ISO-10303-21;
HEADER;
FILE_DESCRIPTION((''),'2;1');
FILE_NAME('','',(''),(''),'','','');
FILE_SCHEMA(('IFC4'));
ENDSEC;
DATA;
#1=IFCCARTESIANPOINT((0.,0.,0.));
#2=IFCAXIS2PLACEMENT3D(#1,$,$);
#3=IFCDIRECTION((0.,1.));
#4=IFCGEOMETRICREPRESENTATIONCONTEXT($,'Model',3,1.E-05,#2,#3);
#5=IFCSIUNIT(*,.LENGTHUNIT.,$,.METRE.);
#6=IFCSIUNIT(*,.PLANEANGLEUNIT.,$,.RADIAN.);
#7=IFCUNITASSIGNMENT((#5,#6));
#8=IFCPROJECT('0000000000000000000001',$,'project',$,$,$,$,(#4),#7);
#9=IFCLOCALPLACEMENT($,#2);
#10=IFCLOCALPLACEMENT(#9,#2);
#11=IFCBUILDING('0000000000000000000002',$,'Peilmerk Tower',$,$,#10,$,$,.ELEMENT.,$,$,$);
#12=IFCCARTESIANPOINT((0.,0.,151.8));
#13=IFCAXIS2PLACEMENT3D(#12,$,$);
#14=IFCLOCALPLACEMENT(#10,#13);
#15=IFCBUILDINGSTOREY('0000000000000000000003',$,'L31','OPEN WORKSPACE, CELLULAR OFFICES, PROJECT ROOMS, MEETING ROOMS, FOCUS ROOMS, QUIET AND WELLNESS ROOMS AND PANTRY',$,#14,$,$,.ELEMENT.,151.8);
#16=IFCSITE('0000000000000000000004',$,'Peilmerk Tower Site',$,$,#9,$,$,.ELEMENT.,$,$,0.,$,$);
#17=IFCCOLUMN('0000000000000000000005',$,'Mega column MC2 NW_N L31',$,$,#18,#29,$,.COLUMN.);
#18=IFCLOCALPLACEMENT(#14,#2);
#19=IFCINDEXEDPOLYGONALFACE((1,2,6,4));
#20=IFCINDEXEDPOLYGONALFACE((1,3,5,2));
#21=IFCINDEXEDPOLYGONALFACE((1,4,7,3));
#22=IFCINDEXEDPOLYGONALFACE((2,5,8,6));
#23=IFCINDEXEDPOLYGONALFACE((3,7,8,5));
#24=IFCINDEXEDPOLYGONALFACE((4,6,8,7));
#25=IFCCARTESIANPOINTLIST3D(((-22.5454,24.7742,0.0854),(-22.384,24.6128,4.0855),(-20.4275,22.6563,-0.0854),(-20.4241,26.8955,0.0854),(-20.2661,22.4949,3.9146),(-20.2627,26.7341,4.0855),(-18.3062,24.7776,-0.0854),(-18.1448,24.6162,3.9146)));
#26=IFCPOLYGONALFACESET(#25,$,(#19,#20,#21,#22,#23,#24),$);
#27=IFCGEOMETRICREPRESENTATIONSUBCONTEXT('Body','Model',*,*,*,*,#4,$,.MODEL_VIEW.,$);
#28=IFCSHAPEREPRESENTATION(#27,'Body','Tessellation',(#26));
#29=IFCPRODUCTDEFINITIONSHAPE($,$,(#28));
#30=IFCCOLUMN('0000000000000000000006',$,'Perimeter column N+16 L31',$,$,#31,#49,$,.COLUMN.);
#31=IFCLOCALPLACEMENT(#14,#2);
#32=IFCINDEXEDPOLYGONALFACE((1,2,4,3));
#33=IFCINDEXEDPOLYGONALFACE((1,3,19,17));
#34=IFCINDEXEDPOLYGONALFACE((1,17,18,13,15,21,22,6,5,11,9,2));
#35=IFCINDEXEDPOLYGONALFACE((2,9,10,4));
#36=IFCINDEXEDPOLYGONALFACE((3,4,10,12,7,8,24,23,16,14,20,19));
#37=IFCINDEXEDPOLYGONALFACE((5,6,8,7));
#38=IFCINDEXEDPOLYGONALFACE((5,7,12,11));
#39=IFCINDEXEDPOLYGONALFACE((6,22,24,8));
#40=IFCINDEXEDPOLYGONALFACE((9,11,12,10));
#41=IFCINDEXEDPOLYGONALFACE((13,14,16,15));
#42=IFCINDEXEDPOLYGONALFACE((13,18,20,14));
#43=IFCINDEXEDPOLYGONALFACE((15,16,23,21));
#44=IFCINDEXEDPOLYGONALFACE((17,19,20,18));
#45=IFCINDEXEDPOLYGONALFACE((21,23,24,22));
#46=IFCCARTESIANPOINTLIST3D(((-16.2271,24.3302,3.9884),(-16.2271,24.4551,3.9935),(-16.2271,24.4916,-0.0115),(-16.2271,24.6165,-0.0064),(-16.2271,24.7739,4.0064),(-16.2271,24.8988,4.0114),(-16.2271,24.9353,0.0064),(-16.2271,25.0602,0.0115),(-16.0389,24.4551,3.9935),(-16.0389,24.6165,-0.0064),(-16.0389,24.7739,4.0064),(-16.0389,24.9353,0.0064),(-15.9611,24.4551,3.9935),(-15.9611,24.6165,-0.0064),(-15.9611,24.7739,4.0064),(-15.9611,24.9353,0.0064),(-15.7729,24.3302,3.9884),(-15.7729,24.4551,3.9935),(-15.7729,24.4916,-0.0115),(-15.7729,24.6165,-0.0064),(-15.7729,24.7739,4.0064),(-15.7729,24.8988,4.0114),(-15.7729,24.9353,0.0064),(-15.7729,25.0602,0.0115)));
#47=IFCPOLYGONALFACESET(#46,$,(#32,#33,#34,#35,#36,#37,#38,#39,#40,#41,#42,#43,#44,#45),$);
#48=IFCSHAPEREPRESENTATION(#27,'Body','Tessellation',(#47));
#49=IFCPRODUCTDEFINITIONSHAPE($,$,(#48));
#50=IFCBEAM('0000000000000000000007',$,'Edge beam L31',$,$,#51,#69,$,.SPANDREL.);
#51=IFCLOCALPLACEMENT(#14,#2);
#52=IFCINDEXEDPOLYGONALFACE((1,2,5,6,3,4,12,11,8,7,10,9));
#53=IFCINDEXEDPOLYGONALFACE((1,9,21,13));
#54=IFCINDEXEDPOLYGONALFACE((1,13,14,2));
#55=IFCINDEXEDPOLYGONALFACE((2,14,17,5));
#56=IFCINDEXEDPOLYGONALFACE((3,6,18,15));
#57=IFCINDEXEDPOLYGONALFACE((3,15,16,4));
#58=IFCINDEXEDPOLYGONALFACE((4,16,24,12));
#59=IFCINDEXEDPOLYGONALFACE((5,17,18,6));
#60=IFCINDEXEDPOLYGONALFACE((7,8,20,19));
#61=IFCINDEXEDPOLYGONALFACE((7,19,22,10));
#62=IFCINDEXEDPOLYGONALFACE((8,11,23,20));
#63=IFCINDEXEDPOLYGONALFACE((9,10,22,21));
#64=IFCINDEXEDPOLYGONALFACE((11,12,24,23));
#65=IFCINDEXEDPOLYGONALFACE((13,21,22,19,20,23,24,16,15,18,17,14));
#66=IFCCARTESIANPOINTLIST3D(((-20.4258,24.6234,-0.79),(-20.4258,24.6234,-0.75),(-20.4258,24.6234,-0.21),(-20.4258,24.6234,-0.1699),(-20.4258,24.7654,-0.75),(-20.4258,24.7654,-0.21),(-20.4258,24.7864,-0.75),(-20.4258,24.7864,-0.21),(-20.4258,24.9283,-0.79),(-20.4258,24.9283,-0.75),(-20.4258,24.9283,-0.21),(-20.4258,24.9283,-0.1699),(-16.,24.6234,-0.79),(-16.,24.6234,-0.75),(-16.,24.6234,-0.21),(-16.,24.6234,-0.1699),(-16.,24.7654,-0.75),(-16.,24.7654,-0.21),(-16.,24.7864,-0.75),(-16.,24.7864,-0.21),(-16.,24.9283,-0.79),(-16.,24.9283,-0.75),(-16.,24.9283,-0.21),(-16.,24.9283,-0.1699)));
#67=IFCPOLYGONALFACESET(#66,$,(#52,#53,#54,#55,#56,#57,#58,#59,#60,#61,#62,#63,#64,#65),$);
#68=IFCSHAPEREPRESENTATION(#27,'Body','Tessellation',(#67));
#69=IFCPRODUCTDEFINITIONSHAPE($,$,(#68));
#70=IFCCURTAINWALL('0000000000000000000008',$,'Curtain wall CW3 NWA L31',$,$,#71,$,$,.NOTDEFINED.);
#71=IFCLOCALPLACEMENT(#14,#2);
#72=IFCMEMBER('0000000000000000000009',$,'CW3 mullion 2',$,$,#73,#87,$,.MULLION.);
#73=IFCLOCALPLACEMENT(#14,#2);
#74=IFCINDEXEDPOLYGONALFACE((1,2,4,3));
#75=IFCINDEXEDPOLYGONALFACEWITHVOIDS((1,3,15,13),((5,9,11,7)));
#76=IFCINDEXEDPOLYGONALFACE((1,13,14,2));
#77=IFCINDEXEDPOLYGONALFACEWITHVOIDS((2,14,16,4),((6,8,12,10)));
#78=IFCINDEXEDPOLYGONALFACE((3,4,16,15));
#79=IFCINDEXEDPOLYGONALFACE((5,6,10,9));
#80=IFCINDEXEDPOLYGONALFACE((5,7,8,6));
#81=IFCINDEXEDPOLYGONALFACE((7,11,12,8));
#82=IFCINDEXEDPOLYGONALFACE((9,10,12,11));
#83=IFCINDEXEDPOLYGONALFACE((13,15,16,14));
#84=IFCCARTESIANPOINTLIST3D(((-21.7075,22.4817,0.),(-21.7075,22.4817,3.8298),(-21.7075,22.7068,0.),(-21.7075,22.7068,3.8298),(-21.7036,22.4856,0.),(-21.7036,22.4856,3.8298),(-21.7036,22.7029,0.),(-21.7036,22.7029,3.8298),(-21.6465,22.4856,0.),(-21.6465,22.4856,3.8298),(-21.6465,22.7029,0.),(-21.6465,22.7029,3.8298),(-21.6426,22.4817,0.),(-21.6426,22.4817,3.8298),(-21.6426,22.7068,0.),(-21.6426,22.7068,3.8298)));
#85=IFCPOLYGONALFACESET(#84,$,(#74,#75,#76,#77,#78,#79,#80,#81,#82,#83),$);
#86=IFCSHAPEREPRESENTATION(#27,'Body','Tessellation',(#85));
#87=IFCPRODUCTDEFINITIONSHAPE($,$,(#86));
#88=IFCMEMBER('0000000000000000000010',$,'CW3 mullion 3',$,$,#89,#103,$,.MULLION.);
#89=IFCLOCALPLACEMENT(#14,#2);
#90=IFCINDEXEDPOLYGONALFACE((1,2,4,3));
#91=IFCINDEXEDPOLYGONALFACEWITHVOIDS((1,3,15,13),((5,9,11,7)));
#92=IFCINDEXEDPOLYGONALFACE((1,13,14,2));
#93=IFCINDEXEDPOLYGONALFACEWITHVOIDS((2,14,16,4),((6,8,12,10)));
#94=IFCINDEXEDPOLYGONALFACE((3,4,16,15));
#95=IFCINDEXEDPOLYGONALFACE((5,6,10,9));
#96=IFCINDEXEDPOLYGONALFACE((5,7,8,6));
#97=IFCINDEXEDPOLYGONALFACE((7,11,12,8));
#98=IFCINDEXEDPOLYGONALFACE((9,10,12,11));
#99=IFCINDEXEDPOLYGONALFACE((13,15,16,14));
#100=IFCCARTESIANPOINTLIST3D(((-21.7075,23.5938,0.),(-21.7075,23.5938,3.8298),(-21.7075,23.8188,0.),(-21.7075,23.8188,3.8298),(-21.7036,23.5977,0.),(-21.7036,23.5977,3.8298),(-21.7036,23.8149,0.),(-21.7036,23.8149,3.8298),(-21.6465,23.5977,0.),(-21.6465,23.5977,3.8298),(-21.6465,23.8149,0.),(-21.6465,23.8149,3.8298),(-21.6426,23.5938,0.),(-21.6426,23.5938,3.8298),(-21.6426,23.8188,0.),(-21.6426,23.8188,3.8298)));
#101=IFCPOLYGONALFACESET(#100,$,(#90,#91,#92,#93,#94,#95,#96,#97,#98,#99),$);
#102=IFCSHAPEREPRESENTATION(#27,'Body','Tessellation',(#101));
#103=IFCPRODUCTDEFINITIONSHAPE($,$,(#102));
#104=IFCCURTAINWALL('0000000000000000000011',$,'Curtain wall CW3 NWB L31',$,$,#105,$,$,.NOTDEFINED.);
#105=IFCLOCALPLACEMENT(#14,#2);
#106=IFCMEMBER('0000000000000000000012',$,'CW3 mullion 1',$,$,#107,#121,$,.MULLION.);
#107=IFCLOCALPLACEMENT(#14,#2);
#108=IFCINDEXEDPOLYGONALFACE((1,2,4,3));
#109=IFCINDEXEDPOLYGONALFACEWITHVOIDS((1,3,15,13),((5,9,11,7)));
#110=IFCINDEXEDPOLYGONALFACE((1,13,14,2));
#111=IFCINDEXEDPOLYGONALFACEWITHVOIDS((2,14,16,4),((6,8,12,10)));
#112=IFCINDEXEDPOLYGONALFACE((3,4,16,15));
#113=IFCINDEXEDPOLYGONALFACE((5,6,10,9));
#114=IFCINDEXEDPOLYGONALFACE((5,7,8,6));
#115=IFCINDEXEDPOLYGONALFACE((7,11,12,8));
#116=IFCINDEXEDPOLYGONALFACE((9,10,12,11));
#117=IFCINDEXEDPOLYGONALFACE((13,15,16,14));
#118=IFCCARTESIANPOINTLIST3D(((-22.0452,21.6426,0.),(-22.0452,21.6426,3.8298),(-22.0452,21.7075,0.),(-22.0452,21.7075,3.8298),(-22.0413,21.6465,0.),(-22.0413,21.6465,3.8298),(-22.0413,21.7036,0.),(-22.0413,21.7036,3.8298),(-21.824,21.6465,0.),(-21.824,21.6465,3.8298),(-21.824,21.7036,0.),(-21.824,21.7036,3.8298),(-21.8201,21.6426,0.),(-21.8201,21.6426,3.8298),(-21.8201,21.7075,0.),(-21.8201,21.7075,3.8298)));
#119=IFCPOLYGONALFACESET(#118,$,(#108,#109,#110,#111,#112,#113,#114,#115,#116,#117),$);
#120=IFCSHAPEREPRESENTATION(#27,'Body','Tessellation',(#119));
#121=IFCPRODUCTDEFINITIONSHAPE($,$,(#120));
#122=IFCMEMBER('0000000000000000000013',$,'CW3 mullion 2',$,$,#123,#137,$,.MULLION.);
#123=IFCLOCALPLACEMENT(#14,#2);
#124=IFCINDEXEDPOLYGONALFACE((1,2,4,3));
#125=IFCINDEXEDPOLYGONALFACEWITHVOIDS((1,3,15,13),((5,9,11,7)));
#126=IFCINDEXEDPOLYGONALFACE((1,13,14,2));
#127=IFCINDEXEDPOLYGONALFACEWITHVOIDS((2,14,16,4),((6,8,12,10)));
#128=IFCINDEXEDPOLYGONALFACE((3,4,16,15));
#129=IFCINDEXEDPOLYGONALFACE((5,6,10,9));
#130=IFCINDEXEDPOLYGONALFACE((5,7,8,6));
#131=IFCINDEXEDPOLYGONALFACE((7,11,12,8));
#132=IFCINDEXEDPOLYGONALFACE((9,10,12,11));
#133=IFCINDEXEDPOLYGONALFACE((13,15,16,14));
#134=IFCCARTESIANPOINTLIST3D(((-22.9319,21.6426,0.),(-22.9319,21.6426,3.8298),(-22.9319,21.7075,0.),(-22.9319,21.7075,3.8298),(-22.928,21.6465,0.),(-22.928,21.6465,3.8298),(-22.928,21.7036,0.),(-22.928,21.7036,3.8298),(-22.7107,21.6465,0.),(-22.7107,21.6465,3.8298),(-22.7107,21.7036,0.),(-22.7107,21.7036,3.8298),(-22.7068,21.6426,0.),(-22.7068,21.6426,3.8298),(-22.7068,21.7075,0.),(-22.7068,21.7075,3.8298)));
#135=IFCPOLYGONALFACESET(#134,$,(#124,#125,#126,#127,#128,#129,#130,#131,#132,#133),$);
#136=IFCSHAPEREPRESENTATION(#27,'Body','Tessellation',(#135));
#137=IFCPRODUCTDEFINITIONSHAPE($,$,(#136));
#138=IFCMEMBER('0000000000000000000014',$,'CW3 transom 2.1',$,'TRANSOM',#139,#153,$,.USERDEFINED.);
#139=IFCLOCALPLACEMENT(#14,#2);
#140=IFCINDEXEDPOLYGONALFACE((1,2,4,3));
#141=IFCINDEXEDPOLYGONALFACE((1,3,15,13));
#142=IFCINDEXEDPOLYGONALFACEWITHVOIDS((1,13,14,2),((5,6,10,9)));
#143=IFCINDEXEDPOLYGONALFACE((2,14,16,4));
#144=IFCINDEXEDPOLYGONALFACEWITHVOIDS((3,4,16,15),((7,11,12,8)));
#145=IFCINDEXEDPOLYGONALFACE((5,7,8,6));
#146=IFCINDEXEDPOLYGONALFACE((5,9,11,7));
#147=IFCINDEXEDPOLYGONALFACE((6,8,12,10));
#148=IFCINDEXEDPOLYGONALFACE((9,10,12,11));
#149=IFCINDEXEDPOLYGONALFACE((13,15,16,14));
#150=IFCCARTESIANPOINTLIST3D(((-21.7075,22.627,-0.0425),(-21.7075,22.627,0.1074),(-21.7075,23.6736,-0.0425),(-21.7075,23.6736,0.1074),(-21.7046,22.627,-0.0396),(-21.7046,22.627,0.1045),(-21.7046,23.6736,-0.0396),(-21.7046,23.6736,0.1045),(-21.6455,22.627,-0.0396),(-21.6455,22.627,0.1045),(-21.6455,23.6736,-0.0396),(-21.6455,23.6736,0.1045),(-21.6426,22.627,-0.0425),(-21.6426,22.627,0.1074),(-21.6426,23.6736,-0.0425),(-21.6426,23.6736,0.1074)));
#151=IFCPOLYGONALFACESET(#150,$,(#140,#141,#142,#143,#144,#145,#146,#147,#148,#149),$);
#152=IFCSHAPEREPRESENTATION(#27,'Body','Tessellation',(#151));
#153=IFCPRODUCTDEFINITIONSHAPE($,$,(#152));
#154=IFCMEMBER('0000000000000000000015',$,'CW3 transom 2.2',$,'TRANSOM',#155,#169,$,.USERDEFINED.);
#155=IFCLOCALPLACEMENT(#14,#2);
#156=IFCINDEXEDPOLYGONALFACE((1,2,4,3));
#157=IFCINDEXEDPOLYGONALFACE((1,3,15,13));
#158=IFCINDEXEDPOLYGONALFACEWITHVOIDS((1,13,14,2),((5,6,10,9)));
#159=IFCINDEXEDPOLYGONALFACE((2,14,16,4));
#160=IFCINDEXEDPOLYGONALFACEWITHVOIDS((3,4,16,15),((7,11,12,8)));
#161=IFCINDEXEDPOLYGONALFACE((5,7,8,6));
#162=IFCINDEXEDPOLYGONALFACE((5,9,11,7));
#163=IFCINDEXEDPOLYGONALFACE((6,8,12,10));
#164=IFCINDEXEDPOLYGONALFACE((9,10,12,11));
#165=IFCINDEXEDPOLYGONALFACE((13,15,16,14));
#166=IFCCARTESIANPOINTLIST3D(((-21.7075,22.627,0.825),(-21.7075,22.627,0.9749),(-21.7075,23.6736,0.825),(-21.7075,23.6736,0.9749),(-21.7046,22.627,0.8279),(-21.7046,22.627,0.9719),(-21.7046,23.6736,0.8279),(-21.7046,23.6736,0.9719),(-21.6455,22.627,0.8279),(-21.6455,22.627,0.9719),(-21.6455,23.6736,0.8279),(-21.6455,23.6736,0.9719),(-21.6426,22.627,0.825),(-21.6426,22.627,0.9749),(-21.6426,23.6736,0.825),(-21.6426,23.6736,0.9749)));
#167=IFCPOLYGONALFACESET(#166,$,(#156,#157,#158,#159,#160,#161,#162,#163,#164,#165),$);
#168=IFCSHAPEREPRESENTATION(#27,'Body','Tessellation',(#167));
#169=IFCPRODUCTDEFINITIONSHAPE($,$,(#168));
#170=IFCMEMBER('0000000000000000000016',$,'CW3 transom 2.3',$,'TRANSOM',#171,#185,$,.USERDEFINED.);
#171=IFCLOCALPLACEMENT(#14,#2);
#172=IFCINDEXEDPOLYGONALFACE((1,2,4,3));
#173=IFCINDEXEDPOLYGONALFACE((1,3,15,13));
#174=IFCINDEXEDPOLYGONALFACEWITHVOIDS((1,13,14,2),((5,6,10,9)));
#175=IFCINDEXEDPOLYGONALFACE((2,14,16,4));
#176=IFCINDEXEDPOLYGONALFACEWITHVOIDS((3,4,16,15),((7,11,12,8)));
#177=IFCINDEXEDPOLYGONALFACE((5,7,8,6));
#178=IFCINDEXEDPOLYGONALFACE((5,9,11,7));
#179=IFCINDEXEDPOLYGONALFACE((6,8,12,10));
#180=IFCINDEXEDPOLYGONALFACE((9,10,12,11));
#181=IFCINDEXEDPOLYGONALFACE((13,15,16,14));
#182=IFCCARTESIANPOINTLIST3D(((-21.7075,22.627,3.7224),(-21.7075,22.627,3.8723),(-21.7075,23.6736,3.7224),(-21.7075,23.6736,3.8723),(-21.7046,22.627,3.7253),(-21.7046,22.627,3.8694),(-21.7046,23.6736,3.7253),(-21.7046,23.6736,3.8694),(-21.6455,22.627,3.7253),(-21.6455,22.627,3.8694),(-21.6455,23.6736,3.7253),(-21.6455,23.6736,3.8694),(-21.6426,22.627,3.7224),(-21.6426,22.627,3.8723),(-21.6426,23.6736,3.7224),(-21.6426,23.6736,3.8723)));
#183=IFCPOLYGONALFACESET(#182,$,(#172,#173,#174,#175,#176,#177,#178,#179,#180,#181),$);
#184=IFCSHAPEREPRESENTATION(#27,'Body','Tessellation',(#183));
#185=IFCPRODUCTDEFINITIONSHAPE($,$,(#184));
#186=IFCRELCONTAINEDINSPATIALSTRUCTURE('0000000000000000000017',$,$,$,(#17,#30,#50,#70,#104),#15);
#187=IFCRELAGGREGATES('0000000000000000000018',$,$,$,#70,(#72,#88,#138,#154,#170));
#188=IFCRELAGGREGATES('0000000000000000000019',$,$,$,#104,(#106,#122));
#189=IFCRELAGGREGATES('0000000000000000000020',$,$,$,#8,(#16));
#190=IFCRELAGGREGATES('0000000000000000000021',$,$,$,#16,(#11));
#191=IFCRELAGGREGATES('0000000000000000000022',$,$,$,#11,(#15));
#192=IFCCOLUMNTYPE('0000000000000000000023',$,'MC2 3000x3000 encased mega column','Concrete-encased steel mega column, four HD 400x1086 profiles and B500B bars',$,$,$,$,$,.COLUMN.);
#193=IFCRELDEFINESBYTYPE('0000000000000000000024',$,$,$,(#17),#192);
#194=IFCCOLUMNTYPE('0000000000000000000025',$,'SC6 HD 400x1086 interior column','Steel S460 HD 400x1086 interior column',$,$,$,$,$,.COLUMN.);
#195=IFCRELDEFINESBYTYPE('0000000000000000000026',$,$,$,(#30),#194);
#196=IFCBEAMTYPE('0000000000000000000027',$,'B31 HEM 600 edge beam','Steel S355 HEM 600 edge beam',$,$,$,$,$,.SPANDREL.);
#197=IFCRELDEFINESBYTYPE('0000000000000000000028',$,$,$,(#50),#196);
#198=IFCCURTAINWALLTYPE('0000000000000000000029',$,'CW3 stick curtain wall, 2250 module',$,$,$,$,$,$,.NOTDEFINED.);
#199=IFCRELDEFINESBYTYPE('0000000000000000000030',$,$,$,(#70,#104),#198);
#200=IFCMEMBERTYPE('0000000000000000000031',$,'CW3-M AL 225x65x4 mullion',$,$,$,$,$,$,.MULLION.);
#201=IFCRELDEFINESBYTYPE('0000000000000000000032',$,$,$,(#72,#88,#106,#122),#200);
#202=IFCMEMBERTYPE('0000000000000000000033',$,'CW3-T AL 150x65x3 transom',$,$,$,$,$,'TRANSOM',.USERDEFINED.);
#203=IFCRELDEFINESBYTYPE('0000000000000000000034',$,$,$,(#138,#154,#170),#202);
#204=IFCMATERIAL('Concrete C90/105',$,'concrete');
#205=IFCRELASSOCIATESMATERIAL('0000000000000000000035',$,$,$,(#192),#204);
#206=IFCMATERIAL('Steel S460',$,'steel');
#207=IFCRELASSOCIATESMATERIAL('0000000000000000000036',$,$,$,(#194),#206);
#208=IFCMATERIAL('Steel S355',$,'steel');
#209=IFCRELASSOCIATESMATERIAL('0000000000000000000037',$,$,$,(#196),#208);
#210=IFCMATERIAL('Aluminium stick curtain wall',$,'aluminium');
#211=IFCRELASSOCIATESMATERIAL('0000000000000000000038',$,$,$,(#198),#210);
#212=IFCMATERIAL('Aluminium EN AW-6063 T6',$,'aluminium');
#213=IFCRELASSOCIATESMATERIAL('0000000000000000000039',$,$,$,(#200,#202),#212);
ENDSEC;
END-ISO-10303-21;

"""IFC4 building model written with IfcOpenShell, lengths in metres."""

from ifc_helpers import new_model, si_unit, direction, frame, origin, origin_2d, place, context, subcontext, project, spatial, rectangle, hollow_rectangle, i_section, extrude, material, material_profile, profile_set, type_object, element, aggregate, save


model = new_model("IFC4")

# Units and contexts
model_context = context("Model", 3, precision=1e-05, world=origin(), true_north=direction((0.0, 1.0)))
body_context = subcontext(model_context, "Body", "Model", "MODEL_VIEW")
ifc_project = project(units=[si_unit("LENGTHUNIT", "METRE"), si_unit("PLANEANGLEUNIT", "RADIAN")], contexts=[model_context])

# Site, building, storey
site_placement = place(None, origin())
site = spatial("IfcSite", under=ifc_project, at=site_placement, Name="Peilmerk Tower Site", CompositionType="ELEMENT", RefElevation=0.0)
building_placement = place(site_placement, origin())
building = spatial("IfcBuilding", under=site, at=building_placement, Name="Peilmerk Tower", CompositionType="ELEMENT")
storey_placement = place(building_placement, frame((0.0, 0.0, 151.8)))
storey = spatial("IfcBuildingStorey", under=building, at=storey_placement, Name="L31", Description="OPEN WORKSPACE, CELLULAR OFFICES, PROJECT ROOMS, MEETING ROOMS, FOCUS ROOMS, QUIET AND WELLNESS ROOMS AND PANTRY", CompositionType="ELEMENT", Elevation=151.8)

# Columns
ifc_material_1 = material(Name="Concrete C90/105", Category="concrete")
ifc_material_profile_1 = material_profile(ifc_material_1, rectangle(XDim=3.0, YDim=3.0, at=origin_2d()), Name="RC 3000x3000")
ifc_profile_set_1 = profile_set([ifc_material_profile_1], Name="Concrete C90/105")
column_type_1 = type_object("IfcColumnType", Name="MC2 3000x3000 encased mega column", Description="Concrete-encased steel mega column, four HD 400x1086 profiles and B500B bars", PredefinedType="COLUMN", material=ifc_profile_set_1)
column_1_placement = place(storey_placement, frame((-20.4258, 24.7759, 0.0), z_axis=(0.040279, -0.040279, 0.998376), x_axis=(0.707107, 0.707107, 0.0)))
element("IfcColumn", 1, at=column_1_placement, inside=storey, type_object=column_type_1, Name="Mega column MC2 NW_N L31", PredefinedType="COLUMN", context=body_context, shape_type="SweptSolid", body=[
    extrude(rectangle(XDim=3.0, YDim=3.0, at=origin_2d()), origin(), (0.0, 0.0, 1.0), 4.0066),
])
ifc_material_2 = material(Name="Steel S460", Category="steel")
ifc_material_profile_2 = material_profile(ifc_material_2, i_section(OverallWidth=0.4541, OverallDepth=0.5691, WebThickness=0.0779, FlangeThickness=0.125, at=origin_2d()), Name="HD 400x1086")
ifc_profile_set_2 = profile_set([ifc_material_profile_2], Name="Steel S460")
column_type_2 = type_object("IfcColumnType", Name="SC6 HD 400x1086 interior column", Description="Steel S460 HD 400x1086 interior column", PredefinedType="COLUMN", material=ifc_profile_set_2)
column_2_placement = place(storey_placement, frame((-16.0, 24.7759, 0.0), z_axis=(0.0, -0.040311, 0.999187), x_axis=(1.0, 0.0, 0.0)))
element("IfcColumn", 2, at=column_2_placement, inside=storey, type_object=column_type_2, Name="Perimeter column N+16 L31", PredefinedType="COLUMN", context=body_context, shape_type="SweptSolid", body=[
    extrude(i_section(OverallWidth=0.4541, OverallDepth=0.5691, WebThickness=0.0779, FlangeThickness=0.125, at=origin_2d()), origin(), (0.0, 0.0, 1.0), 4.0032),
])

# Beam
ifc_material_3 = material(Name="Steel S355", Category="steel")
ifc_material_profile_3 = material_profile(ifc_material_3, i_section(OverallWidth=0.3049, OverallDepth=0.6201, WebThickness=0.021, FlangeThickness=0.04, at=origin_2d()), Name="HEM 600")
ifc_profile_set_3 = profile_set([ifc_material_profile_3], Name="Steel S355")
beam_type = type_object("IfcBeamType", Name="B31 HEM 600 edge beam", Description="Steel S355 HEM 600 edge beam", PredefinedType="SPANDREL", material=ifc_profile_set_3)
beam_placement = place(storey_placement, frame((-16.0, 24.7759, -0.48), z_axis=(-1.0, 0.0, 0.0), x_axis=(0.0, -1.0, 0.0)))
element("IfcBeam", 3, at=beam_placement, inside=storey, type_object=beam_type, Name="Edge beam L31", PredefinedType="SPANDREL", context=body_context, shape_type="SweptSolid", body=[
    extrude(i_section(OverallWidth=0.3049, OverallDepth=0.6201, WebThickness=0.021, FlangeThickness=0.04, at=origin_2d()), origin(), (0.0, 0.0, 1.0), 4.4258),
])

# Curtain walls, members
ifc_material_4 = material(Name="Aluminium stick curtain wall", Category="aluminium")
curtain_wall_type = type_object("IfcCurtainWallType", Name="CW3 stick curtain wall, 2250 module", PredefinedType="NOTDEFINED", material=ifc_material_4)
curtain_wall_1_placement = place(storey_placement, origin())
curtain_wall_1 = element("IfcCurtainWall", 4, at=curtain_wall_1_placement, inside=storey, type_object=curtain_wall_type, Name="Curtain wall CW3 NWA L31", PredefinedType="NOTDEFINED")
ifc_material_5 = material(Name="Aluminium EN AW-6063 T6", Category="aluminium")
ifc_material_profile_4 = material_profile(ifc_material_5, hollow_rectangle(XDim=0.0649, YDim=0.2251, WallThickness=0.0039, at=origin_2d()), Name="AL 225x65x4")
ifc_profile_set_4 = profile_set([ifc_material_profile_4], Name="Aluminium EN AW-6063 T6")
member_type_1 = type_object("IfcMemberType", Name="CW3-M AL 225x65x4 mullion", PredefinedType="MULLION", material=ifc_profile_set_4)
member_1_placement = place(storey_placement, frame((-21.675, 22.5942, 0.0), z_axis=(0.0, 0.0, 1.0), x_axis=(-1.0, 0.0, 0.0)))
member_1 = element("IfcMember", 5, at=member_1_placement, type_object=member_type_1, Name="CW3 mullion 2", PredefinedType="MULLION", context=body_context, shape_type="SweptSolid", body=[
    extrude(hollow_rectangle(XDim=0.0649, YDim=0.2251, WallThickness=0.0039, at=origin_2d()), origin(), (0.0, 0.0, 1.0), 3.8298),
])
member_2_placement = place(storey_placement, frame((-21.675, 23.7063, 0.0), z_axis=(0.0, 0.0, 1.0), x_axis=(-1.0, 0.0, 0.0)))
member_2 = element("IfcMember", 6, at=member_2_placement, type_object=member_type_1, Name="CW3 mullion 3", PredefinedType="MULLION", context=body_context, shape_type="SweptSolid", body=[
    extrude(hollow_rectangle(XDim=0.0649, YDim=0.2251, WallThickness=0.0039, at=origin_2d()), origin(), (0.0, 0.0, 1.0), 3.8298),
])
curtain_wall_2_placement = place(storey_placement, origin())
curtain_wall_2 = element("IfcCurtainWall", 7, at=curtain_wall_2_placement, inside=storey, type_object=curtain_wall_type, Name="Curtain wall CW3 NWB L31", PredefinedType="NOTDEFINED")
member_3_placement = place(storey_placement, frame((-21.9326, 21.675, 0.0), z_axis=(0.0, 0.0, 1.0), x_axis=(0.0, -1.0, 0.0)))
member_3 = element("IfcMember", 8, at=member_3_placement, type_object=member_type_1, Name="CW3 mullion 1", PredefinedType="MULLION", context=body_context, shape_type="SweptSolid", body=[
    extrude(hollow_rectangle(XDim=0.0649, YDim=0.2251, WallThickness=0.0039, at=origin_2d()), origin(), (0.0, 0.0, 1.0), 3.8298),
])
member_4_placement = place(storey_placement, frame((-22.8193, 21.675, 0.0), z_axis=(0.0, 0.0, 1.0), x_axis=(0.0, -1.0, 0.0)))
member_4 = element("IfcMember", 9, at=member_4_placement, type_object=member_type_1, Name="CW3 mullion 2", PredefinedType="MULLION", context=body_context, shape_type="SweptSolid", body=[
    extrude(hollow_rectangle(XDim=0.0649, YDim=0.2251, WallThickness=0.0039, at=origin_2d()), origin(), (0.0, 0.0, 1.0), 3.8298),
])

# Members
ifc_material_profile_5 = material_profile(ifc_material_5, hollow_rectangle(XDim=0.0649, YDim=0.1499, WallThickness=0.0029, at=origin_2d()), Name="AL 150x65x3")
ifc_profile_set_5 = profile_set([ifc_material_profile_5], Name="Aluminium EN AW-6063 T6")
member_type_2 = type_object("IfcMemberType", Name="CW3-T AL 150x65x3 transom", ElementType="TRANSOM", PredefinedType="USERDEFINED", material=ifc_profile_set_5)
member_5_placement = place(storey_placement, frame((-21.675, 22.627, 0.0325), z_axis=(0.0, 1.0, 0.0), x_axis=(-1.0, 0.0, 0.0)))
member_5 = element("IfcMember", 10, at=member_5_placement, type_object=member_type_2, Name="CW3 transom 2.1", ObjectType="TRANSOM", PredefinedType="USERDEFINED", context=body_context, shape_type="SweptSolid", body=[
    extrude(hollow_rectangle(XDim=0.0649, YDim=0.1499, WallThickness=0.0029, at=origin_2d()), origin(), (0.0, 0.0, 1.0), 1.0466),
])
member_6_placement = place(storey_placement, frame((-21.675, 22.627, 0.8999), z_axis=(0.0, 1.0, 0.0), x_axis=(-1.0, 0.0, 0.0)))
member_6 = element("IfcMember", 11, at=member_6_placement, type_object=member_type_2, Name="CW3 transom 2.2", ObjectType="TRANSOM", PredefinedType="USERDEFINED", context=body_context, shape_type="SweptSolid", body=[
    extrude(hollow_rectangle(XDim=0.0649, YDim=0.1499, WallThickness=0.0029, at=origin_2d()), origin(), (0.0, 0.0, 1.0), 1.0466),
])
member_7_placement = place(storey_placement, frame((-21.675, 22.627, 3.7974), z_axis=(0.0, 1.0, 0.0), x_axis=(-1.0, 0.0, 0.0)))
member_7 = element("IfcMember", 12, at=member_7_placement, type_object=member_type_2, Name="CW3 transom 2.3", ObjectType="TRANSOM", PredefinedType="USERDEFINED", context=body_context, shape_type="SweptSolid", body=[
    extrude(hollow_rectangle(XDim=0.0649, YDim=0.1499, WallThickness=0.0029, at=origin_2d()), origin(), (0.0, 0.0, 1.0), 1.0466),
])

aggregate(curtain_wall_1, [member_1, member_2, member_5, member_6, member_7])
aggregate(curtain_wall_2, [member_3, member_4])

save(model, "model.ifc")
